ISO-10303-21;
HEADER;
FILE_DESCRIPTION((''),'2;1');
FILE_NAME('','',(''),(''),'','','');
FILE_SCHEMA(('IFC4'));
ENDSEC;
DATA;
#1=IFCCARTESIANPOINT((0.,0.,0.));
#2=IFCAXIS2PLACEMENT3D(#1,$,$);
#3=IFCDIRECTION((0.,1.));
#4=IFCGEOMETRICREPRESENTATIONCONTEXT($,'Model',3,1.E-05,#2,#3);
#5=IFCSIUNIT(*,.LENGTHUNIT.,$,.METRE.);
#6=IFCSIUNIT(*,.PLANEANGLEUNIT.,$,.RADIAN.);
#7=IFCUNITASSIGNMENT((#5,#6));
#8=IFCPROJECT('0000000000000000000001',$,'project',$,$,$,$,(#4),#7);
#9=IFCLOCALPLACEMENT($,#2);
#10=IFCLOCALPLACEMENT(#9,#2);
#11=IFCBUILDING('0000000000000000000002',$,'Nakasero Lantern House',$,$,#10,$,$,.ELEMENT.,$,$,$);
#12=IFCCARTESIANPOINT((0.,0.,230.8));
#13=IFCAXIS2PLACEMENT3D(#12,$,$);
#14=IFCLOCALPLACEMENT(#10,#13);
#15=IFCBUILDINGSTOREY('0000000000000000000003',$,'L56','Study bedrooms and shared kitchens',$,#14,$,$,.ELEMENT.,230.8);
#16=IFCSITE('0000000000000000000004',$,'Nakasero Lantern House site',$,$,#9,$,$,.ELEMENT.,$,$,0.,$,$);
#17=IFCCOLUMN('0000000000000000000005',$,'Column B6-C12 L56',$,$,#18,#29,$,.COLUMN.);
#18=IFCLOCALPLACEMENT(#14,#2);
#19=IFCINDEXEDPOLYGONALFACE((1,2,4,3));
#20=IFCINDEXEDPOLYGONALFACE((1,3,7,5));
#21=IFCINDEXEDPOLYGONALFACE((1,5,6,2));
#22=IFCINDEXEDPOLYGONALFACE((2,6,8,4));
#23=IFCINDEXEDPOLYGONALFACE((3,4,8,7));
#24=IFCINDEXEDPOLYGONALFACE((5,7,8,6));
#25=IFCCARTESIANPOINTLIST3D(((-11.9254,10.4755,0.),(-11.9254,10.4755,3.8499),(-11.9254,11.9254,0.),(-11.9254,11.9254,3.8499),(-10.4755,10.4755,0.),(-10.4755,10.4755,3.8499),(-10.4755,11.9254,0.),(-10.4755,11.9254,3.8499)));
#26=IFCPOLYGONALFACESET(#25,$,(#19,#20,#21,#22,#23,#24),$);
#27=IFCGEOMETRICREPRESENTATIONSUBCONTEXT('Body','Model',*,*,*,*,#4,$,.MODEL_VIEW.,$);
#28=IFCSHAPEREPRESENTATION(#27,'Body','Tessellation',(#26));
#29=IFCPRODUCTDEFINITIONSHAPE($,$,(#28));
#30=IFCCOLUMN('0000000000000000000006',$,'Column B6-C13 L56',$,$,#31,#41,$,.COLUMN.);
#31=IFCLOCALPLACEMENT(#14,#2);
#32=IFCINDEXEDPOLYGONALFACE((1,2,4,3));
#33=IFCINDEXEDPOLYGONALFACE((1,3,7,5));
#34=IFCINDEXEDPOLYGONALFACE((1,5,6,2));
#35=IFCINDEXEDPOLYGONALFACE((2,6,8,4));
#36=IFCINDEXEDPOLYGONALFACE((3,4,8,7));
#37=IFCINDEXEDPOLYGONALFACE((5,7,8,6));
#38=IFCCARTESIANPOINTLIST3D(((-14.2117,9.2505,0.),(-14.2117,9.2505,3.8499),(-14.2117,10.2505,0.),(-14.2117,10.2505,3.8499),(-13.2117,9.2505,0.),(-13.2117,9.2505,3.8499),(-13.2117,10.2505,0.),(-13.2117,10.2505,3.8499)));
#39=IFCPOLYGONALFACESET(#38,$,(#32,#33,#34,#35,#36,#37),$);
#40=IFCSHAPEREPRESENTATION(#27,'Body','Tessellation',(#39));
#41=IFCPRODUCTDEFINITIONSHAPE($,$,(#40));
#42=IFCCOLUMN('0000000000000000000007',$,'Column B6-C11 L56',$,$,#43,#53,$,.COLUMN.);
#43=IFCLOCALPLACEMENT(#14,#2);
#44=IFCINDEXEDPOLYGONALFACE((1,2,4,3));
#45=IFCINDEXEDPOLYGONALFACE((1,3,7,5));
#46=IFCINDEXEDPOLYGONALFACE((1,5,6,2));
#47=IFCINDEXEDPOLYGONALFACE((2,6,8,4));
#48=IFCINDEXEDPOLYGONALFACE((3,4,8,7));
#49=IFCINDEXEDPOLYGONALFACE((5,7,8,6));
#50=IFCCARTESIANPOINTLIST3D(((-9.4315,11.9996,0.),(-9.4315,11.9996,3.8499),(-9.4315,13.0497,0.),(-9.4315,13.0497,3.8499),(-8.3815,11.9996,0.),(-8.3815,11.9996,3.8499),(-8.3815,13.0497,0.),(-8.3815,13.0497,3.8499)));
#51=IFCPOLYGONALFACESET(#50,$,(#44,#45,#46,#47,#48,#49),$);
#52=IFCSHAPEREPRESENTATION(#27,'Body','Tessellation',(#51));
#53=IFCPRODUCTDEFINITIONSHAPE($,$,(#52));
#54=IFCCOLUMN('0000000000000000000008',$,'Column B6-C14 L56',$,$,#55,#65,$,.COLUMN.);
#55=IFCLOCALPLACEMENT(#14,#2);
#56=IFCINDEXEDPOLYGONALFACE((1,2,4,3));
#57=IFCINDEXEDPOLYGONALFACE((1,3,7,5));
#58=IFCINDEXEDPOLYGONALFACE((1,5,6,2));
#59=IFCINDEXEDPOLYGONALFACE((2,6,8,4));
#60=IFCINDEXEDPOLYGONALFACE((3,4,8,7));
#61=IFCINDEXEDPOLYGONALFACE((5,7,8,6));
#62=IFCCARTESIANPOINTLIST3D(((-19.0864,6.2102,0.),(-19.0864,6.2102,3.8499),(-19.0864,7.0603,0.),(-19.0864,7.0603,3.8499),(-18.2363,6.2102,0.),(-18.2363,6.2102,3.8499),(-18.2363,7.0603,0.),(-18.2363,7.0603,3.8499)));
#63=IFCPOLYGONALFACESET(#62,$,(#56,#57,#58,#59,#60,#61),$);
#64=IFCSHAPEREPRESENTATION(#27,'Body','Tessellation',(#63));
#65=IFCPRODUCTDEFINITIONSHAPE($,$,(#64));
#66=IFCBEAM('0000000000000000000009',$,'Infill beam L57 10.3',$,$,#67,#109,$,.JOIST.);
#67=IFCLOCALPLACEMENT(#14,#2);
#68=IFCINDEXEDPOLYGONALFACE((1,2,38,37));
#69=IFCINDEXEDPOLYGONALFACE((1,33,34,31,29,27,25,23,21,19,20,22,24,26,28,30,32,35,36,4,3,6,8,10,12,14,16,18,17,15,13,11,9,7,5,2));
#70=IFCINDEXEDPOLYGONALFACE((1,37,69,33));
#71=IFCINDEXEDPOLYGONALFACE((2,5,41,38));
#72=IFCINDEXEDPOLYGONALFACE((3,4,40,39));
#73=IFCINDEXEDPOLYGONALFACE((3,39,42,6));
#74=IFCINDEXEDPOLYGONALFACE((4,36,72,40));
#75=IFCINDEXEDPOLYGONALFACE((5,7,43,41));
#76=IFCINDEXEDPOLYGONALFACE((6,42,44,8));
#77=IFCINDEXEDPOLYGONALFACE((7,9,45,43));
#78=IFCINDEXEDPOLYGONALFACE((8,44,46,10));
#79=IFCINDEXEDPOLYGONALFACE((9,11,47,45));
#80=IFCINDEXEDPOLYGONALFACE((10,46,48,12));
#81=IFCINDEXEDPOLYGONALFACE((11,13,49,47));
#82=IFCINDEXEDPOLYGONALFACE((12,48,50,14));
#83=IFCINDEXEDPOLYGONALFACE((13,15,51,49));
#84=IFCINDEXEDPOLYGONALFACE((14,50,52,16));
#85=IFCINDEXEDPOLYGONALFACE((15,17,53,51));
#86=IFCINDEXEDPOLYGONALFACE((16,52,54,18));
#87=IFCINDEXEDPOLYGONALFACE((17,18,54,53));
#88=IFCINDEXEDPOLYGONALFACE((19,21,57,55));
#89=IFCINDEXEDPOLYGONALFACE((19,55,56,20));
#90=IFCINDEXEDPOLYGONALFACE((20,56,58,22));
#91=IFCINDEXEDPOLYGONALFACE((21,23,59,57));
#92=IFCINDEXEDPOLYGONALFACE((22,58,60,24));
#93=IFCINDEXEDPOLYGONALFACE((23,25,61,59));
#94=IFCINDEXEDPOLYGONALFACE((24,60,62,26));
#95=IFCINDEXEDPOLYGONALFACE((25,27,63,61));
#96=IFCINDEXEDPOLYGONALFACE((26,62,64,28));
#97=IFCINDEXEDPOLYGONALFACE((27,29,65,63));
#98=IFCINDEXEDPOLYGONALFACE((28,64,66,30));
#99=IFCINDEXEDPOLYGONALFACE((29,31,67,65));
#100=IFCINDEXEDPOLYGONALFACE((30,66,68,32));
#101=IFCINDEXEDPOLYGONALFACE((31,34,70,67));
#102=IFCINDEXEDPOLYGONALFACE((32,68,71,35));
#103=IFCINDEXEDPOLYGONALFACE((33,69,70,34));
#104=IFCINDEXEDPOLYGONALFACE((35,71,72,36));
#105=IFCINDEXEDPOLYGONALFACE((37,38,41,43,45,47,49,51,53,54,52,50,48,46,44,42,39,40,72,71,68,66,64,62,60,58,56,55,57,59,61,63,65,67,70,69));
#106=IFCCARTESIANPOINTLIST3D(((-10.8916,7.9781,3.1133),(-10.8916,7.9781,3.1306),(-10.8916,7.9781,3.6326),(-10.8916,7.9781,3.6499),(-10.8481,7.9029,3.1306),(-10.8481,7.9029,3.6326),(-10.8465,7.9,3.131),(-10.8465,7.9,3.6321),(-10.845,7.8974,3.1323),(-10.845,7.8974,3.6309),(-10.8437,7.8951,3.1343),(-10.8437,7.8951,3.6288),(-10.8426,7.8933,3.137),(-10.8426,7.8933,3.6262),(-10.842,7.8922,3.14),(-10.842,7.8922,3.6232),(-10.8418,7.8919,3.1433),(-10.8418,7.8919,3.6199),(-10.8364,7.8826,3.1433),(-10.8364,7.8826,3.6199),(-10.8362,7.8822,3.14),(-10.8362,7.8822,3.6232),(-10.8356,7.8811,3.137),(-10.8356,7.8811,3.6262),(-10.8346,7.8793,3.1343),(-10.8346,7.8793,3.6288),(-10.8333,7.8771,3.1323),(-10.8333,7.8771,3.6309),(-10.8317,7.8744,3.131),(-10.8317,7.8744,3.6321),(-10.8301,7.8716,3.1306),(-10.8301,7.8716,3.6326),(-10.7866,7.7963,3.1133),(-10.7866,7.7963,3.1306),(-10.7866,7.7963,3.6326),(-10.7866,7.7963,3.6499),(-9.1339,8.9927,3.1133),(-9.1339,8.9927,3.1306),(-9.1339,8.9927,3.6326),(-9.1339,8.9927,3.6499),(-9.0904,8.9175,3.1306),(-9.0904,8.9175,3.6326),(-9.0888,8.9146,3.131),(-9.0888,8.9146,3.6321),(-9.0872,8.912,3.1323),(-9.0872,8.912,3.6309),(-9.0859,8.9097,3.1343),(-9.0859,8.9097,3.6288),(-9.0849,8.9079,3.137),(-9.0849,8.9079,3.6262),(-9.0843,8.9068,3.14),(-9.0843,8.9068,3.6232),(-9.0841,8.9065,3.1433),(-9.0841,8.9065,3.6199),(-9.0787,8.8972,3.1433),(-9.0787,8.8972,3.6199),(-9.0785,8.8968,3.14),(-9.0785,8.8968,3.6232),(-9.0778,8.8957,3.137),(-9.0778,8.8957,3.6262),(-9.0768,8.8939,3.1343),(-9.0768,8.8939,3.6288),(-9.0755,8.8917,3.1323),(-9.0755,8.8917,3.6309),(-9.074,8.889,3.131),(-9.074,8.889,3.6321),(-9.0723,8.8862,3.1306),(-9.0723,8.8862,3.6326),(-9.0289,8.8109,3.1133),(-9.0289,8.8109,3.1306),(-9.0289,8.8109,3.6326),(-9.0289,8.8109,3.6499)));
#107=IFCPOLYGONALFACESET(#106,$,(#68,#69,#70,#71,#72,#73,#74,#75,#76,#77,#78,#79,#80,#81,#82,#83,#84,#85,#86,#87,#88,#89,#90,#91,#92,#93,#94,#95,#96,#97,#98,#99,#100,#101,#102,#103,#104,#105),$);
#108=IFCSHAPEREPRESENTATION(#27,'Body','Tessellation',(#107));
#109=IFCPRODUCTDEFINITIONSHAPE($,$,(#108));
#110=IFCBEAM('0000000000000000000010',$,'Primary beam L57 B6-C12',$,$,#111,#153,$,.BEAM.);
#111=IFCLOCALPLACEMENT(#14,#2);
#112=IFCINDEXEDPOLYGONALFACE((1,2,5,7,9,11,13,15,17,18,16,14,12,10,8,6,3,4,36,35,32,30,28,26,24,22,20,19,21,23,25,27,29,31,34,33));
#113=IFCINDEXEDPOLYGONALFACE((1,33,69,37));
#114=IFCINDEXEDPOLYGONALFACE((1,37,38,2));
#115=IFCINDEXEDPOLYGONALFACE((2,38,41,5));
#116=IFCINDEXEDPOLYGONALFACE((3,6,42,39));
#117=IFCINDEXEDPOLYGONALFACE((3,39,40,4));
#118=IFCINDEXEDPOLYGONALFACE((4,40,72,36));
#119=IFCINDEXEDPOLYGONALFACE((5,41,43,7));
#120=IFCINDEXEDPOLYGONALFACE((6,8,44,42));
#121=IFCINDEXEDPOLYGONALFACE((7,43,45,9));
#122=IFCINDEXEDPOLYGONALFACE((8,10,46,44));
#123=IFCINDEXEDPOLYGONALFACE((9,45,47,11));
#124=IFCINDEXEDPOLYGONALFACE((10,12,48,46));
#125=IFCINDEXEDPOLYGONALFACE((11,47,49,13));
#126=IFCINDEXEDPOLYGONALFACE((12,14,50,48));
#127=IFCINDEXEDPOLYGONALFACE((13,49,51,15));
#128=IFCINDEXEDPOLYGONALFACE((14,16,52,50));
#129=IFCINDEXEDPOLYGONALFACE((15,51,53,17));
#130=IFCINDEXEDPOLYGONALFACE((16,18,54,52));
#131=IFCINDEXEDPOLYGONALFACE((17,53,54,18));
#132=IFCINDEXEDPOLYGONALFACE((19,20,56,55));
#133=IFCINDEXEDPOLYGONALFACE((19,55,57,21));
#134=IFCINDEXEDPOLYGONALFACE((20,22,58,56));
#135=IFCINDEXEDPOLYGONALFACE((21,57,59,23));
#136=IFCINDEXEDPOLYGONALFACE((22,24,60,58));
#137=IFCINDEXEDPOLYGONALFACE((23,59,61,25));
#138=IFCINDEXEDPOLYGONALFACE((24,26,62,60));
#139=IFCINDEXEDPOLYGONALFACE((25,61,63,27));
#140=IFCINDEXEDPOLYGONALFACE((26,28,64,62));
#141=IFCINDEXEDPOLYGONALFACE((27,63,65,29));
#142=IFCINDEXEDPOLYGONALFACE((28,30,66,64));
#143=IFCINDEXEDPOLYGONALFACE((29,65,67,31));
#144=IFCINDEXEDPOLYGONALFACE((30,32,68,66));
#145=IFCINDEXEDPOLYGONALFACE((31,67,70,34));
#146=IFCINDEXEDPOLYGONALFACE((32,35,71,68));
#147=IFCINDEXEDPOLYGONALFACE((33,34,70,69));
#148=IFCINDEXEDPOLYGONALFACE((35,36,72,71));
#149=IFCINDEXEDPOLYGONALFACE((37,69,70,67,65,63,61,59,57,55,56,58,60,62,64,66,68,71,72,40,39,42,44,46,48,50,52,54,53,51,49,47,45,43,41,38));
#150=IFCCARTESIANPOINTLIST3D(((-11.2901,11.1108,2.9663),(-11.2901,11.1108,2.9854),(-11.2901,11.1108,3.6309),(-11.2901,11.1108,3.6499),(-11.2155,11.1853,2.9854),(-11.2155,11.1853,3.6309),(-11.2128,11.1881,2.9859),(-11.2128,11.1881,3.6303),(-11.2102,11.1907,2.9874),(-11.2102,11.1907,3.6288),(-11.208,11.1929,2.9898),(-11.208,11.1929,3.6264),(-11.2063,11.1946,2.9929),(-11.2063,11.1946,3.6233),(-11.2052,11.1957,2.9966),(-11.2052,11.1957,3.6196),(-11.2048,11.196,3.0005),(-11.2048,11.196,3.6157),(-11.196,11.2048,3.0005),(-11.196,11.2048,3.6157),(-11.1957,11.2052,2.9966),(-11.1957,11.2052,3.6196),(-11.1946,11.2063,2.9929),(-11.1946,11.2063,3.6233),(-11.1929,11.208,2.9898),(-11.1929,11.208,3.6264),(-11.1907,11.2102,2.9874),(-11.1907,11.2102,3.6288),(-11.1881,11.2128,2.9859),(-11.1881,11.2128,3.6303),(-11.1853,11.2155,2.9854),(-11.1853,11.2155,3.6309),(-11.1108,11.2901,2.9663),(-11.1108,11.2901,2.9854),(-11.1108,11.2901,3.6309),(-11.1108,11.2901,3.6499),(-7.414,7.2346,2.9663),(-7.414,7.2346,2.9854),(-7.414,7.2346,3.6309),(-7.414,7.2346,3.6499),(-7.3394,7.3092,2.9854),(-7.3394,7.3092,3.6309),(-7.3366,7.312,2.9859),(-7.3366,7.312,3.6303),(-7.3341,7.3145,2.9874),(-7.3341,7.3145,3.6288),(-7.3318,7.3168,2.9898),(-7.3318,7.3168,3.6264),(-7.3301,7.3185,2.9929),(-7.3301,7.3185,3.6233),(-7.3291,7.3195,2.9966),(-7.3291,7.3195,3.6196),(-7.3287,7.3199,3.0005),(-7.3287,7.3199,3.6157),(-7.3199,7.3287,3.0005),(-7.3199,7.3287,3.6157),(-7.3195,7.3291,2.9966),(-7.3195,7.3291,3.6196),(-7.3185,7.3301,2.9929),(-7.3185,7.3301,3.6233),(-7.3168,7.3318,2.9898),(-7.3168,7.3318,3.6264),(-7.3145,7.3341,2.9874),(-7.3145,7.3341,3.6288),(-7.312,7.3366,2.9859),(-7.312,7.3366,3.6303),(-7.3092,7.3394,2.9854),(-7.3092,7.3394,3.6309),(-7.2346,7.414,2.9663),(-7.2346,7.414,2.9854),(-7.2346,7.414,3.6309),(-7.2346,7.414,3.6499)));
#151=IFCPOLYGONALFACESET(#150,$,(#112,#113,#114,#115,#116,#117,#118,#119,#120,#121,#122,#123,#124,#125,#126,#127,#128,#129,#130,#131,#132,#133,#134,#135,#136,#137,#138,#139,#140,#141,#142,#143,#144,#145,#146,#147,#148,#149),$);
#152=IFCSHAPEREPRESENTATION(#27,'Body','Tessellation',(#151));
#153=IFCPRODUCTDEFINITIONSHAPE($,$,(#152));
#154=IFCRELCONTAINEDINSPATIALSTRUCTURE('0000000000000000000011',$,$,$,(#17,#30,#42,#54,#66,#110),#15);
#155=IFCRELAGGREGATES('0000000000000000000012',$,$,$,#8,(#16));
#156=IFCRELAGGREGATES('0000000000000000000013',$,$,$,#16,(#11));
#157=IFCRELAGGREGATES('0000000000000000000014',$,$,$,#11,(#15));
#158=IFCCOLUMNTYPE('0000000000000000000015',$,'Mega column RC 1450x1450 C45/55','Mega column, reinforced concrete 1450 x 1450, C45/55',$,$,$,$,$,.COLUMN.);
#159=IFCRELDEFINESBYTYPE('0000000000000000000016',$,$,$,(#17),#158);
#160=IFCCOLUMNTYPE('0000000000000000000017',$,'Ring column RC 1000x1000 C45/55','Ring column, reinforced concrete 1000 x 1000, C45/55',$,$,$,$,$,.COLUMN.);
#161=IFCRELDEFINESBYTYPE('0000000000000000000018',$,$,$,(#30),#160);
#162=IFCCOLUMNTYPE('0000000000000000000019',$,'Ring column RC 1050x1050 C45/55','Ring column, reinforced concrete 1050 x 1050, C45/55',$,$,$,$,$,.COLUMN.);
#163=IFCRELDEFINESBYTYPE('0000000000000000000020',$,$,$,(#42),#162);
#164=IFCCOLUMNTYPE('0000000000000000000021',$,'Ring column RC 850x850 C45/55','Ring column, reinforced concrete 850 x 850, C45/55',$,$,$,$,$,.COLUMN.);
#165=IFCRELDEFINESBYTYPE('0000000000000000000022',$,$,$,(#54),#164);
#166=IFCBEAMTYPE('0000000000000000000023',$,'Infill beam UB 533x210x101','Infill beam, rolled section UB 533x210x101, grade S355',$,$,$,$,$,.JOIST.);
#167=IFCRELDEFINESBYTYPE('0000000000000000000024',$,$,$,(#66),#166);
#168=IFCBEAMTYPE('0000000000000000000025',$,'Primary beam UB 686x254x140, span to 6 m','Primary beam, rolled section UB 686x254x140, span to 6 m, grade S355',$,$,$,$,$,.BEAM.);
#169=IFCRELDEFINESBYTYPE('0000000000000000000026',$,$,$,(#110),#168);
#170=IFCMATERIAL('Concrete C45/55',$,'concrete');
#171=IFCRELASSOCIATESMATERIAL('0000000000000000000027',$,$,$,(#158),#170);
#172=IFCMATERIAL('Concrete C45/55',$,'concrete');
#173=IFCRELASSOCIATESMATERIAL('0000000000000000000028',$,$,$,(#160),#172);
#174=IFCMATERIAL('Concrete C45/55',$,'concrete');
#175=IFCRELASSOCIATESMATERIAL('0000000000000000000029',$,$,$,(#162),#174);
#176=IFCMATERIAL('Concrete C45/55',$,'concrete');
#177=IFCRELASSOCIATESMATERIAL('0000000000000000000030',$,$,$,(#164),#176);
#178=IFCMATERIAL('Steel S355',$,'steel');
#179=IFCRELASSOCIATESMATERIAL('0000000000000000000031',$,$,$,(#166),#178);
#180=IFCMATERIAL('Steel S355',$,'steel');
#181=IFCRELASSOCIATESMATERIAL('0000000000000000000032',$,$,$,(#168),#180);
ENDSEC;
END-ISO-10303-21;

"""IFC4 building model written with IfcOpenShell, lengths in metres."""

from ifc_helpers import new_model, si_unit, direction, frame, origin, origin_2d, place, context, subcontext, project, spatial, rectangle, i_section, extrude, material, material_profile, profile_set, type_object, element, save


model = new_model("IFC4")

# Units and contexts
model_context = context("Model", 3, precision=1e-05, world=origin(), true_north=direction((0.0, 1.0)))
body_context = subcontext(model_context, "Body", "Model", "MODEL_VIEW")
ifc_project = project(units=[si_unit("LENGTHUNIT", "METRE"), si_unit("PLANEANGLEUNIT", "RADIAN")], contexts=[model_context])

# Site, building, storey
site_placement = place(None, origin())
site = spatial("IfcSite", under=ifc_project, at=site_placement, Name="Nakasero Lantern House site", CompositionType="ELEMENT", RefElevation=0.0)
building_placement = place(site_placement, origin())
building = spatial("IfcBuilding", under=site, at=building_placement, Name="Nakasero Lantern House", CompositionType="ELEMENT")
storey_placement = place(building_placement, frame((0.0, 0.0, 230.8)))
storey = spatial("IfcBuildingStorey", under=building, at=storey_placement, Name="L56", Description="Study bedrooms and shared kitchens", CompositionType="ELEMENT", Elevation=230.8)

# Columns
ifc_material_1 = material(Name="Concrete C45/55", Category="concrete")
ifc_material_profile_1 = material_profile(ifc_material_1, rectangle(XDim=1.45, YDim=1.45, at=origin_2d()), Name="RC 1450x1450")
ifc_profile_set_1 = profile_set([ifc_material_profile_1], Name="Concrete C45/55")
column_type_1 = type_object("IfcColumnType", Name="Mega column RC 1450x1450 C45/55", Description="Mega column, reinforced concrete 1450 x 1450, C45/55", PredefinedType="COLUMN", material=ifc_profile_set_1)
column_1_placement = place(storey_placement, frame((-11.2004, 11.2004, 0.0), z_axis=(0.0, 0.0, 1.0), x_axis=(1.0, 0.0, 0.0)))
element("IfcColumn", 1, at=column_1_placement, inside=storey, type_object=column_type_1, Name="Column B6-C12 L56", PredefinedType="COLUMN", context=body_context, shape_type="SweptSolid", body=[
    extrude(rectangle(XDim=1.45, YDim=1.45, at=origin_2d()), origin(), (0.0, 0.0, 1.0), 3.8499),
])
ifc_material_2 = material(Name="Concrete C45/55", Category="concrete")
ifc_material_profile_2 = material_profile(ifc_material_2, rectangle(XDim=1.0, YDim=1.0, at=origin_2d()), Name="RC 1000x1000")
ifc_profile_set_2 = profile_set([ifc_material_profile_2], Name="Concrete C45/55")
column_type_2 = type_object("IfcColumnType", Name="Ring column RC 1000x1000 C45/55", Description="Ring column, reinforced concrete 1000 x 1000, C45/55", PredefinedType="COLUMN", material=ifc_profile_set_2)
column_2_placement = place(storey_placement, frame((-13.7117, 9.7505, 0.0), z_axis=(0.0, 0.0, 1.0), x_axis=(1.0, 0.0, 0.0)))
element("IfcColumn", 2, at=column_2_placement, inside=storey, type_object=column_type_2, Name="Column B6-C13 L56", PredefinedType="COLUMN", context=body_context, shape_type="SweptSolid", body=[
    extrude(rectangle(XDim=1.0, YDim=1.0, at=origin_2d()), origin(), (0.0, 0.0, 1.0), 3.8499),
])
ifc_material_3 = material(Name="Concrete C45/55", Category="concrete")
ifc_material_profile_3 = material_profile(ifc_material_3, rectangle(XDim=1.05, YDim=1.05, at=origin_2d()), Name="RC 1050x1050")
ifc_profile_set_3 = profile_set([ifc_material_profile_3], Name="Concrete C45/55")
column_type_3 = type_object("IfcColumnType", Name="Ring column RC 1050x1050 C45/55", Description="Ring column, reinforced concrete 1050 x 1050, C45/55", PredefinedType="COLUMN", material=ifc_profile_set_3)
column_3_placement = place(storey_placement, frame((-8.9065, 12.5247, 0.0), z_axis=(0.0, 0.0, 1.0), x_axis=(1.0, 0.0, 0.0)))
element("IfcColumn", 3, at=column_3_placement, inside=storey, type_object=column_type_3, Name="Column B6-C11 L56", PredefinedType="COLUMN", context=body_context, shape_type="SweptSolid", body=[
    extrude(rectangle(XDim=1.05, YDim=1.05, at=origin_2d()), origin(), (0.0, 0.0, 1.0), 3.8499),
])
ifc_material_4 = material(Name="Concrete C45/55", Category="concrete")
ifc_material_profile_4 = material_profile(ifc_material_4, rectangle(XDim=0.8501, YDim=0.8501, at=origin_2d()), Name="RC 850x850")
ifc_profile_set_4 = profile_set([ifc_material_profile_4], Name="Concrete C45/55")
column_type_4 = type_object("IfcColumnType", Name="Ring column RC 850x850 C45/55", Description="Ring column, reinforced concrete 850 x 850, C45/55", PredefinedType="COLUMN", material=ifc_profile_set_4)
column_4_placement = place(storey_placement, frame((-18.6614, 6.6353, 0.0), z_axis=(0.0, 0.0, 1.0), x_axis=(1.0, 0.0, 0.0)))
element("IfcColumn", 4, at=column_4_placement, inside=storey, type_object=column_type_4, Name="Column B6-C14 L56", PredefinedType="COLUMN", context=body_context, shape_type="SweptSolid", body=[
    extrude(rectangle(XDim=0.8501, YDim=0.8501, at=origin_2d()), origin(), (0.0, 0.0, 1.0), 3.8499),
])

# Beams
ifc_material_5 = material(Name="Steel S355", Category="steel")
ifc_material_profile_5 = material_profile(ifc_material_5, i_section(OverallWidth=0.21, OverallDepth=0.5366, WebThickness=0.0107, FlangeThickness=0.0173, FilletRadius=0.0127, at=origin_2d()), Name="UB 533x210x101")
ifc_profile_set_5 = profile_set([ifc_material_profile_5], Name="Steel S355")
beam_type_1 = type_object("IfcBeamType", Name="Infill beam UB 533x210x101", Description="Infill beam, rolled section UB 533x210x101, grade S355", PredefinedType="JOIST", material=ifc_profile_set_5)
beam_1_placement = place(storey_placement, frame((-10.8391, 7.8872, 3.3816), z_axis=(0.866073, 0.499917, 0.0), x_axis=(-0.499917, 0.866073, 0.0)))
element("IfcBeam", 5, at=beam_1_placement, inside=storey, type_object=beam_type_1, Name="Infill beam L57 10.3", PredefinedType="JOIST", context=body_context, shape_type="SweptSolid", body=[
    extrude(i_section(OverallWidth=0.21, OverallDepth=0.5366, WebThickness=0.0107, FlangeThickness=0.0173, FilletRadius=0.0127, at=origin_2d()), origin(), (0.0, 0.0, 1.0), 2.0295),
])
ifc_material_6 = material(Name="Steel S355", Category="steel")
ifc_material_profile_6 = material_profile(ifc_material_6, i_section(OverallWidth=0.2537, OverallDepth=0.6836, WebThickness=0.0125, FlangeThickness=0.019, FilletRadius=0.0151, at=origin_2d()), Name="UB 686x254x140")
ifc_profile_set_6 = profile_set([ifc_material_profile_6], Name="Steel S355")
beam_type_2 = type_object("IfcBeamType", Name="Primary beam UB 686x254x140, span to 6 m", Description="Primary beam, rolled section UB 686x254x140, span to 6 m, grade S355", PredefinedType="BEAM", material=ifc_profile_set_6)
beam_2_placement = place(storey_placement, frame((-11.2004, 11.2004, 3.3081), z_axis=(0.707107, -0.707107, 0.0), x_axis=(0.707107, 0.707107, 0.0)))
element("IfcBeam", 6, at=beam_2_placement, inside=storey, type_object=beam_type_2, Name="Primary beam L57 B6-C12", PredefinedType="BEAM", context=body_context, shape_type="SweptSolid", body=[
    extrude(i_section(OverallWidth=0.2537, OverallDepth=0.6836, WebThickness=0.0125, FlangeThickness=0.019, FilletRadius=0.0151, at=origin_2d()), origin(), (0.0, 0.0, 1.0), 5.4817),
])

save(model, "model.ifc")
